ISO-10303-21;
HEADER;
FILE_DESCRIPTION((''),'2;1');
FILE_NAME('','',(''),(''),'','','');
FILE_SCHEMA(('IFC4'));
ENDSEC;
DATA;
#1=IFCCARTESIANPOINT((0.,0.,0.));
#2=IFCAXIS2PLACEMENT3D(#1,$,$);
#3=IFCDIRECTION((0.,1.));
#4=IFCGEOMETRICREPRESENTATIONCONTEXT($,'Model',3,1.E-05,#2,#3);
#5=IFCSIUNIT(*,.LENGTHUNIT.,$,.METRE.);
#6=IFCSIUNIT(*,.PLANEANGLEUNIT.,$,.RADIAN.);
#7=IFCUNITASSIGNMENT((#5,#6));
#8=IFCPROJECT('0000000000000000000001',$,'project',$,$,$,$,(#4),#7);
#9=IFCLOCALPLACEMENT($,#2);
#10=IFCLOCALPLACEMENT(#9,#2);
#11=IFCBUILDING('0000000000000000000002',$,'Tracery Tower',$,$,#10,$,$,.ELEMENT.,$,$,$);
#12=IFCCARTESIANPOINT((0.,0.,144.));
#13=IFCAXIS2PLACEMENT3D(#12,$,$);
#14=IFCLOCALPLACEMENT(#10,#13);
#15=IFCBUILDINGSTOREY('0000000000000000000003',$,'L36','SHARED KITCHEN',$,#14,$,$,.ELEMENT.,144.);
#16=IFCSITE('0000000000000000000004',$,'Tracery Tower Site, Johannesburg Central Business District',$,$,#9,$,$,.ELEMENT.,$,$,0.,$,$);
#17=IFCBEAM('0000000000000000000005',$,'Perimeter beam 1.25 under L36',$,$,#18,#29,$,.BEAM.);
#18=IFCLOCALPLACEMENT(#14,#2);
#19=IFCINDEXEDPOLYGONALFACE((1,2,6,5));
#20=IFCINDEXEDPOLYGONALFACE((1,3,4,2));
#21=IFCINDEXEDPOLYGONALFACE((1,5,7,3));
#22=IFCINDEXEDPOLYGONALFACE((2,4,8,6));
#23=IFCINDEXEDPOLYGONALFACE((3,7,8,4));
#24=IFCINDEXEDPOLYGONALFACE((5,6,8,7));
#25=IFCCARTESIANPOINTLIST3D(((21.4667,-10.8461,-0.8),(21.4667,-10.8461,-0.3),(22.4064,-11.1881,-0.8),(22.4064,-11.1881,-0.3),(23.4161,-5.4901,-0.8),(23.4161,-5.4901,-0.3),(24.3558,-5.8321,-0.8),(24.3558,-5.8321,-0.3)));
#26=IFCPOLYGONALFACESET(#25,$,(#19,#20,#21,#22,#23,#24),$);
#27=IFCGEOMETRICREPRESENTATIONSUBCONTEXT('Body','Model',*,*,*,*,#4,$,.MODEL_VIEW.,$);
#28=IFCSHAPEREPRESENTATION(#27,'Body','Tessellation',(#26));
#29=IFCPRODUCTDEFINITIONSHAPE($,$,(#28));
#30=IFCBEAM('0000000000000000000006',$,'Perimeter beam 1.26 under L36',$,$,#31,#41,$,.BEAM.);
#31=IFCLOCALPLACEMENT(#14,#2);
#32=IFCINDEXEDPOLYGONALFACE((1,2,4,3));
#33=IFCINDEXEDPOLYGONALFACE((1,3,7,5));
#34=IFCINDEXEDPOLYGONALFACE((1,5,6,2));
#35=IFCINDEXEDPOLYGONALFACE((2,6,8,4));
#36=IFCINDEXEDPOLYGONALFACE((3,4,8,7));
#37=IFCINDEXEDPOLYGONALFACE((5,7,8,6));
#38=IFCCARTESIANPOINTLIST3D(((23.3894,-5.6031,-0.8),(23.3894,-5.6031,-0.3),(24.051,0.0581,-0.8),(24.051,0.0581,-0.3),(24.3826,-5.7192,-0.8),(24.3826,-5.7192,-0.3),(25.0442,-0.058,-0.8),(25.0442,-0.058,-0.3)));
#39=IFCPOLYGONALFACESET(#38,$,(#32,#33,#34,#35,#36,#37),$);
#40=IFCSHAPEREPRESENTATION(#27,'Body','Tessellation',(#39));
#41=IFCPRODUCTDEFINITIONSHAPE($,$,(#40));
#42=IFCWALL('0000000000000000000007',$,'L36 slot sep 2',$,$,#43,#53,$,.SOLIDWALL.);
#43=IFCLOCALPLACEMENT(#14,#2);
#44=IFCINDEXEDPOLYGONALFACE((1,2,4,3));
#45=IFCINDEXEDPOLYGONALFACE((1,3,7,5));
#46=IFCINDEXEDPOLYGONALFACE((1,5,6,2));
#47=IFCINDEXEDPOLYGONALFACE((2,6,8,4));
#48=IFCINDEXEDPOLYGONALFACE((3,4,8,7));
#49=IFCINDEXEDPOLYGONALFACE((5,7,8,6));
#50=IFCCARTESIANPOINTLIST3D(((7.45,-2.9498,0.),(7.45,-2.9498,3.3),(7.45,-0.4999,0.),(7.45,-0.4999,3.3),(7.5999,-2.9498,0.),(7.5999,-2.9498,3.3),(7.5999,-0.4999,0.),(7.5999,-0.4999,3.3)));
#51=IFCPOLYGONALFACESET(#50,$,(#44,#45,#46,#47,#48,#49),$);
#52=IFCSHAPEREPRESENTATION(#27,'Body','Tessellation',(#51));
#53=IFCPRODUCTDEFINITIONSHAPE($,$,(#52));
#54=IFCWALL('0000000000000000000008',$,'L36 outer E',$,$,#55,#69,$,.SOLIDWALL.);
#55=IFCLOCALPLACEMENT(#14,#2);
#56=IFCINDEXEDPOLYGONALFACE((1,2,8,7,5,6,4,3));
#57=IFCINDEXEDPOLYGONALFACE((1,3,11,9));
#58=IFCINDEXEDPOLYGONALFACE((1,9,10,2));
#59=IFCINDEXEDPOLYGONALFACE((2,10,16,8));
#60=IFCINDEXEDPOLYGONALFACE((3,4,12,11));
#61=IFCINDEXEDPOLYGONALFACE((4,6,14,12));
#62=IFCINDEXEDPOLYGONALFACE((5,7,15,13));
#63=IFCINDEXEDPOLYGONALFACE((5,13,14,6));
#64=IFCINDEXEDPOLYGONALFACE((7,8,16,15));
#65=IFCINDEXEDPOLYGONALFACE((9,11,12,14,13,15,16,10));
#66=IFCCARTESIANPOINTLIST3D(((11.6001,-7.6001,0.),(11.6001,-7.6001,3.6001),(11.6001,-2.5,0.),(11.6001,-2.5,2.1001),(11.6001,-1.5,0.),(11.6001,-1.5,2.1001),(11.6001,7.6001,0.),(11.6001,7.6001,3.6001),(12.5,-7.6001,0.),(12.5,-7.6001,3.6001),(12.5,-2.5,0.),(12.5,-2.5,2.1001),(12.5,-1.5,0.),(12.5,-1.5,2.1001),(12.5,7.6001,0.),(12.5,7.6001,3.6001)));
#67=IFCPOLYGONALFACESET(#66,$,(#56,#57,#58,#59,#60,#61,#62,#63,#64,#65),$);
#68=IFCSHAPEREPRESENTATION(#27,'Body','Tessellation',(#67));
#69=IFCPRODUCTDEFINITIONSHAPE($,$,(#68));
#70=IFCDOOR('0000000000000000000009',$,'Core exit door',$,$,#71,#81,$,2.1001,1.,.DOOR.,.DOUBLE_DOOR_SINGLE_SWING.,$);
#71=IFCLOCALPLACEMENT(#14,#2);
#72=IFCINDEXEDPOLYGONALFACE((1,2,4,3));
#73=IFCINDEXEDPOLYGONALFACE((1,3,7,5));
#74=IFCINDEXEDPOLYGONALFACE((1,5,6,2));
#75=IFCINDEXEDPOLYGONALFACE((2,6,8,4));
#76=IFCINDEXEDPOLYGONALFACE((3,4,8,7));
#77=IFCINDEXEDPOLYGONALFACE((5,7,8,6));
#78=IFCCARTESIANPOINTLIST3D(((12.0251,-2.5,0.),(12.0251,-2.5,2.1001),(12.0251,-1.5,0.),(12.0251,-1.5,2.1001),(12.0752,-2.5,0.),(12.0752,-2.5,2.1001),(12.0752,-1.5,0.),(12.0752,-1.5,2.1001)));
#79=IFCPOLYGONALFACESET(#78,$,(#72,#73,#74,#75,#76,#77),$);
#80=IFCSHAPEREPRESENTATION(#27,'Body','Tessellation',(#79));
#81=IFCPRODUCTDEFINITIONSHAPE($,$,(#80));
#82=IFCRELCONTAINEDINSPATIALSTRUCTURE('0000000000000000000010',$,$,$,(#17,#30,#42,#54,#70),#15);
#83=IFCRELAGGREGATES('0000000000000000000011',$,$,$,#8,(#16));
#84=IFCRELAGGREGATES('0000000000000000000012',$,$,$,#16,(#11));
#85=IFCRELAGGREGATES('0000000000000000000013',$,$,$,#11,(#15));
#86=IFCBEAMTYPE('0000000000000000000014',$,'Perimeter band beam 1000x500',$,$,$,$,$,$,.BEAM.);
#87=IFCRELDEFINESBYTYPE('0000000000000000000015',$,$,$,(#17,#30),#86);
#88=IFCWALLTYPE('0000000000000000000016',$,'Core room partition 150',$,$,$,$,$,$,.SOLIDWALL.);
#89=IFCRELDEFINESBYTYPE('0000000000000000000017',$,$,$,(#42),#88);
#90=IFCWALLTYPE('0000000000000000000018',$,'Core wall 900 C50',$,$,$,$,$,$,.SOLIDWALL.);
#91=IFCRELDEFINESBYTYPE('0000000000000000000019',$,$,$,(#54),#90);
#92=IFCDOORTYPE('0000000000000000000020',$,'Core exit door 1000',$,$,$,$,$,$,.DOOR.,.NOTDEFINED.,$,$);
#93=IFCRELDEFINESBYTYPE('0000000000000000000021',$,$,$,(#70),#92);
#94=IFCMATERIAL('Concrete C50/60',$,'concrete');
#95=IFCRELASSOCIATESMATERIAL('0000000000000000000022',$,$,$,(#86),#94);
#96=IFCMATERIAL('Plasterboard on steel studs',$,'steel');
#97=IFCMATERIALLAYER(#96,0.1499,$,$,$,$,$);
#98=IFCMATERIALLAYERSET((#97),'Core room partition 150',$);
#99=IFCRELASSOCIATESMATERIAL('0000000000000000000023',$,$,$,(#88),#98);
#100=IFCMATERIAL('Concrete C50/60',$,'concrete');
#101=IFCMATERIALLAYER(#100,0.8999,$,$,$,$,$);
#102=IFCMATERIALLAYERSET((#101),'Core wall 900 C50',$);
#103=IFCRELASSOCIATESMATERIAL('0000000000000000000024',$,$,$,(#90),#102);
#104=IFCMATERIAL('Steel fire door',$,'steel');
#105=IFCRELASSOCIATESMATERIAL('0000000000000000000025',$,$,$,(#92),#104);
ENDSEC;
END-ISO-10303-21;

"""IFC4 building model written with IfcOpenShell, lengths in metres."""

from ifc_helpers import new_model, si_unit, direction, frame, frame_2d, origin, origin_2d, place, context, subcontext, project, spatial, rectangle, extrude, material, layer, layer_set, material_profile, profile_set, type_object, element, fill, save


model = new_model("IFC4")

# Units and contexts
model_context = context("Model", 3, precision=1e-05, world=origin(), true_north=direction((0.0, 1.0)))
body_context = subcontext(model_context, "Body", "Model", "MODEL_VIEW")
ifc_project = project(units=[si_unit("LENGTHUNIT", "METRE"), si_unit("PLANEANGLEUNIT", "RADIAN")], contexts=[model_context])

# Site, building, storey
site_placement = place(None, origin())
site = spatial("IfcSite", under=ifc_project, at=site_placement, Name="Tracery Tower Site, Johannesburg Central Business District", CompositionType="ELEMENT", RefElevation=0.0)
building_placement = place(site_placement, origin())
building = spatial("IfcBuilding", under=site, at=building_placement, Name="Tracery Tower", CompositionType="ELEMENT")
storey_placement = place(building_placement, frame((0.0, 0.0, 144.0)))
storey = spatial("IfcBuildingStorey", under=building, at=storey_placement, Name="L36", Description="SHARED KITCHEN", CompositionType="ELEMENT", Elevation=144.0)

# Beams
ifc_material_1 = material(Name="Concrete C50/60", Category="concrete")
ifc_material_profile_1 = material_profile(ifc_material_1, rectangle(XDim=1.0, YDim=0.5, at=origin_2d()), Name="RC 1000x500")
ifc_profile_set_1 = profile_set([ifc_material_profile_1], Name="Concrete C50/60")
beam_type = type_object("IfcBeamType", Name="Perimeter band beam 1000x500", PredefinedType="BEAM", material=ifc_profile_set_1)
for number, where, z_axis, x_axis, name in (
    (1, (21.9365, -11.0171, -0.55), (0.342029, 0.93969, 0.0), (-0.93969, 0.342029, 0.0), "Perimeter beam 1.25 under L36"),
    (2, (23.886, -5.6611, -0.55), (0.116081, 0.99324, 0.0), (-0.99324, 0.116081, 0.0), "Perimeter beam 1.26 under L36"),
):
    element("IfcBeam", number, at=place(storey_placement, frame(where, z_axis=z_axis, x_axis=x_axis)), inside=storey, type_object=beam_type, Name=name, PredefinedType="BEAM", context=body_context, shape_type="SweptSolid", body=[
        extrude(rectangle(XDim=1.0, YDim=0.5, at=origin_2d()), origin(), (0.0, 0.0, 1.0), 5.6997),
    ])

# Wall
ifc_material_2 = material(Name="Plasterboard on steel studs", Category="steel")
ifc_layer_1 = layer(ifc_material_2, 0.1499)
ifc_layer_set_1 = layer_set([ifc_layer_1], Name="Core room partition 150")
wall_type_1 = type_object("IfcWallType", Name="Core room partition 150", PredefinedType="SOLIDWALL", material=ifc_layer_set_1)
wall_1_placement = place(storey_placement, frame((7.5249, -2.95, 0.0), z_axis=(0.0, 0.0, 1.0), x_axis=(0.0, 1.0, 0.0)))
element("IfcWall", 3, at=wall_1_placement, inside=storey, type_object=wall_type_1, Name="L36 slot sep 2", PredefinedType="SOLIDWALL", context=body_context, shape_type="SweptSolid", body=[
    extrude(rectangle(XDim=2.45, YDim=0.1499, at=frame_2d((1.2251, 0.0))), origin(), (0.0, 0.0, 1.0), 3.3),
])

# Wall, opening, door
ifc_material_3 = material(Name="Concrete C50/60", Category="concrete")
ifc_layer_2 = layer(ifc_material_3, 0.8999)
ifc_layer_set_2 = layer_set([ifc_layer_2], Name="Core wall 900 C50")
wall_type_2 = type_object("IfcWallType", Name="Core wall 900 C50", PredefinedType="SOLIDWALL", material=ifc_layer_set_2)
wall_2_placement = place(storey_placement, frame((12.05, -7.6001, 0.0), z_axis=(0.0, 0.0, 1.0), x_axis=(0.0, 1.0, 0.0)))
wall_2 = element("IfcWall", 4, at=wall_2_placement, inside=storey, type_object=wall_type_2, Name="L36 outer E", PredefinedType="SOLIDWALL", context=body_context, shape_type="SweptSolid", body=[
    extrude(rectangle(XDim=15.2002, YDim=0.8999, at=frame_2d((7.6001, 0.0))), origin(), (0.0, 0.0, 1.0), 3.6001),
])
opening_1_placement = place(wall_2_placement, frame((5.1001, 0.0, 0.0)))
opening_1 = element("IfcOpeningElement", 5, at=opening_1_placement, cuts=wall_2, PredefinedType="OPENING", context=body_context, shape_type="SweptSolid", body=[
    extrude(rectangle(XDim=1.0, YDim=2.1001, at=frame_2d((0.5, 1.05))), frame((0.0, 0.45, 0.0), z_axis=(0.0, -1.0, 0.0), x_axis=(1.0, 0.0, 0.0)), (0.0, 0.0, 1.0), 0.8999),
])
ifc_material_4 = material(Name="Steel fire door", Category="steel")
door_type_1 = type_object("IfcDoorType", Name="Core exit door 1000", OperationType="NOTDEFINED", PredefinedType="DOOR", material=ifc_material_4)
door_1_placement = place(opening_1_placement, origin())
door_1 = element("IfcDoor", 6, at=door_1_placement, inside=storey, type_object=door_type_1, Name="Core exit door", OperationType="DOUBLE_DOOR_SINGLE_SWING", OverallHeight=2.1001, OverallWidth=1.0, PredefinedType="DOOR", context=body_context, shape_type="SweptSolid", body=[
    extrude(rectangle(XDim=1.0, YDim=2.1001, at=frame_2d((0.5, 1.05))), frame((0.0, 0.0249, 0.0), z_axis=(0.0, -1.0, 0.0), x_axis=(1.0, 0.0, 0.0)), (0.0, 0.0, 1.0), 0.05),
])
fill(opening_1, door_1)

save(model, "model.ifc")
